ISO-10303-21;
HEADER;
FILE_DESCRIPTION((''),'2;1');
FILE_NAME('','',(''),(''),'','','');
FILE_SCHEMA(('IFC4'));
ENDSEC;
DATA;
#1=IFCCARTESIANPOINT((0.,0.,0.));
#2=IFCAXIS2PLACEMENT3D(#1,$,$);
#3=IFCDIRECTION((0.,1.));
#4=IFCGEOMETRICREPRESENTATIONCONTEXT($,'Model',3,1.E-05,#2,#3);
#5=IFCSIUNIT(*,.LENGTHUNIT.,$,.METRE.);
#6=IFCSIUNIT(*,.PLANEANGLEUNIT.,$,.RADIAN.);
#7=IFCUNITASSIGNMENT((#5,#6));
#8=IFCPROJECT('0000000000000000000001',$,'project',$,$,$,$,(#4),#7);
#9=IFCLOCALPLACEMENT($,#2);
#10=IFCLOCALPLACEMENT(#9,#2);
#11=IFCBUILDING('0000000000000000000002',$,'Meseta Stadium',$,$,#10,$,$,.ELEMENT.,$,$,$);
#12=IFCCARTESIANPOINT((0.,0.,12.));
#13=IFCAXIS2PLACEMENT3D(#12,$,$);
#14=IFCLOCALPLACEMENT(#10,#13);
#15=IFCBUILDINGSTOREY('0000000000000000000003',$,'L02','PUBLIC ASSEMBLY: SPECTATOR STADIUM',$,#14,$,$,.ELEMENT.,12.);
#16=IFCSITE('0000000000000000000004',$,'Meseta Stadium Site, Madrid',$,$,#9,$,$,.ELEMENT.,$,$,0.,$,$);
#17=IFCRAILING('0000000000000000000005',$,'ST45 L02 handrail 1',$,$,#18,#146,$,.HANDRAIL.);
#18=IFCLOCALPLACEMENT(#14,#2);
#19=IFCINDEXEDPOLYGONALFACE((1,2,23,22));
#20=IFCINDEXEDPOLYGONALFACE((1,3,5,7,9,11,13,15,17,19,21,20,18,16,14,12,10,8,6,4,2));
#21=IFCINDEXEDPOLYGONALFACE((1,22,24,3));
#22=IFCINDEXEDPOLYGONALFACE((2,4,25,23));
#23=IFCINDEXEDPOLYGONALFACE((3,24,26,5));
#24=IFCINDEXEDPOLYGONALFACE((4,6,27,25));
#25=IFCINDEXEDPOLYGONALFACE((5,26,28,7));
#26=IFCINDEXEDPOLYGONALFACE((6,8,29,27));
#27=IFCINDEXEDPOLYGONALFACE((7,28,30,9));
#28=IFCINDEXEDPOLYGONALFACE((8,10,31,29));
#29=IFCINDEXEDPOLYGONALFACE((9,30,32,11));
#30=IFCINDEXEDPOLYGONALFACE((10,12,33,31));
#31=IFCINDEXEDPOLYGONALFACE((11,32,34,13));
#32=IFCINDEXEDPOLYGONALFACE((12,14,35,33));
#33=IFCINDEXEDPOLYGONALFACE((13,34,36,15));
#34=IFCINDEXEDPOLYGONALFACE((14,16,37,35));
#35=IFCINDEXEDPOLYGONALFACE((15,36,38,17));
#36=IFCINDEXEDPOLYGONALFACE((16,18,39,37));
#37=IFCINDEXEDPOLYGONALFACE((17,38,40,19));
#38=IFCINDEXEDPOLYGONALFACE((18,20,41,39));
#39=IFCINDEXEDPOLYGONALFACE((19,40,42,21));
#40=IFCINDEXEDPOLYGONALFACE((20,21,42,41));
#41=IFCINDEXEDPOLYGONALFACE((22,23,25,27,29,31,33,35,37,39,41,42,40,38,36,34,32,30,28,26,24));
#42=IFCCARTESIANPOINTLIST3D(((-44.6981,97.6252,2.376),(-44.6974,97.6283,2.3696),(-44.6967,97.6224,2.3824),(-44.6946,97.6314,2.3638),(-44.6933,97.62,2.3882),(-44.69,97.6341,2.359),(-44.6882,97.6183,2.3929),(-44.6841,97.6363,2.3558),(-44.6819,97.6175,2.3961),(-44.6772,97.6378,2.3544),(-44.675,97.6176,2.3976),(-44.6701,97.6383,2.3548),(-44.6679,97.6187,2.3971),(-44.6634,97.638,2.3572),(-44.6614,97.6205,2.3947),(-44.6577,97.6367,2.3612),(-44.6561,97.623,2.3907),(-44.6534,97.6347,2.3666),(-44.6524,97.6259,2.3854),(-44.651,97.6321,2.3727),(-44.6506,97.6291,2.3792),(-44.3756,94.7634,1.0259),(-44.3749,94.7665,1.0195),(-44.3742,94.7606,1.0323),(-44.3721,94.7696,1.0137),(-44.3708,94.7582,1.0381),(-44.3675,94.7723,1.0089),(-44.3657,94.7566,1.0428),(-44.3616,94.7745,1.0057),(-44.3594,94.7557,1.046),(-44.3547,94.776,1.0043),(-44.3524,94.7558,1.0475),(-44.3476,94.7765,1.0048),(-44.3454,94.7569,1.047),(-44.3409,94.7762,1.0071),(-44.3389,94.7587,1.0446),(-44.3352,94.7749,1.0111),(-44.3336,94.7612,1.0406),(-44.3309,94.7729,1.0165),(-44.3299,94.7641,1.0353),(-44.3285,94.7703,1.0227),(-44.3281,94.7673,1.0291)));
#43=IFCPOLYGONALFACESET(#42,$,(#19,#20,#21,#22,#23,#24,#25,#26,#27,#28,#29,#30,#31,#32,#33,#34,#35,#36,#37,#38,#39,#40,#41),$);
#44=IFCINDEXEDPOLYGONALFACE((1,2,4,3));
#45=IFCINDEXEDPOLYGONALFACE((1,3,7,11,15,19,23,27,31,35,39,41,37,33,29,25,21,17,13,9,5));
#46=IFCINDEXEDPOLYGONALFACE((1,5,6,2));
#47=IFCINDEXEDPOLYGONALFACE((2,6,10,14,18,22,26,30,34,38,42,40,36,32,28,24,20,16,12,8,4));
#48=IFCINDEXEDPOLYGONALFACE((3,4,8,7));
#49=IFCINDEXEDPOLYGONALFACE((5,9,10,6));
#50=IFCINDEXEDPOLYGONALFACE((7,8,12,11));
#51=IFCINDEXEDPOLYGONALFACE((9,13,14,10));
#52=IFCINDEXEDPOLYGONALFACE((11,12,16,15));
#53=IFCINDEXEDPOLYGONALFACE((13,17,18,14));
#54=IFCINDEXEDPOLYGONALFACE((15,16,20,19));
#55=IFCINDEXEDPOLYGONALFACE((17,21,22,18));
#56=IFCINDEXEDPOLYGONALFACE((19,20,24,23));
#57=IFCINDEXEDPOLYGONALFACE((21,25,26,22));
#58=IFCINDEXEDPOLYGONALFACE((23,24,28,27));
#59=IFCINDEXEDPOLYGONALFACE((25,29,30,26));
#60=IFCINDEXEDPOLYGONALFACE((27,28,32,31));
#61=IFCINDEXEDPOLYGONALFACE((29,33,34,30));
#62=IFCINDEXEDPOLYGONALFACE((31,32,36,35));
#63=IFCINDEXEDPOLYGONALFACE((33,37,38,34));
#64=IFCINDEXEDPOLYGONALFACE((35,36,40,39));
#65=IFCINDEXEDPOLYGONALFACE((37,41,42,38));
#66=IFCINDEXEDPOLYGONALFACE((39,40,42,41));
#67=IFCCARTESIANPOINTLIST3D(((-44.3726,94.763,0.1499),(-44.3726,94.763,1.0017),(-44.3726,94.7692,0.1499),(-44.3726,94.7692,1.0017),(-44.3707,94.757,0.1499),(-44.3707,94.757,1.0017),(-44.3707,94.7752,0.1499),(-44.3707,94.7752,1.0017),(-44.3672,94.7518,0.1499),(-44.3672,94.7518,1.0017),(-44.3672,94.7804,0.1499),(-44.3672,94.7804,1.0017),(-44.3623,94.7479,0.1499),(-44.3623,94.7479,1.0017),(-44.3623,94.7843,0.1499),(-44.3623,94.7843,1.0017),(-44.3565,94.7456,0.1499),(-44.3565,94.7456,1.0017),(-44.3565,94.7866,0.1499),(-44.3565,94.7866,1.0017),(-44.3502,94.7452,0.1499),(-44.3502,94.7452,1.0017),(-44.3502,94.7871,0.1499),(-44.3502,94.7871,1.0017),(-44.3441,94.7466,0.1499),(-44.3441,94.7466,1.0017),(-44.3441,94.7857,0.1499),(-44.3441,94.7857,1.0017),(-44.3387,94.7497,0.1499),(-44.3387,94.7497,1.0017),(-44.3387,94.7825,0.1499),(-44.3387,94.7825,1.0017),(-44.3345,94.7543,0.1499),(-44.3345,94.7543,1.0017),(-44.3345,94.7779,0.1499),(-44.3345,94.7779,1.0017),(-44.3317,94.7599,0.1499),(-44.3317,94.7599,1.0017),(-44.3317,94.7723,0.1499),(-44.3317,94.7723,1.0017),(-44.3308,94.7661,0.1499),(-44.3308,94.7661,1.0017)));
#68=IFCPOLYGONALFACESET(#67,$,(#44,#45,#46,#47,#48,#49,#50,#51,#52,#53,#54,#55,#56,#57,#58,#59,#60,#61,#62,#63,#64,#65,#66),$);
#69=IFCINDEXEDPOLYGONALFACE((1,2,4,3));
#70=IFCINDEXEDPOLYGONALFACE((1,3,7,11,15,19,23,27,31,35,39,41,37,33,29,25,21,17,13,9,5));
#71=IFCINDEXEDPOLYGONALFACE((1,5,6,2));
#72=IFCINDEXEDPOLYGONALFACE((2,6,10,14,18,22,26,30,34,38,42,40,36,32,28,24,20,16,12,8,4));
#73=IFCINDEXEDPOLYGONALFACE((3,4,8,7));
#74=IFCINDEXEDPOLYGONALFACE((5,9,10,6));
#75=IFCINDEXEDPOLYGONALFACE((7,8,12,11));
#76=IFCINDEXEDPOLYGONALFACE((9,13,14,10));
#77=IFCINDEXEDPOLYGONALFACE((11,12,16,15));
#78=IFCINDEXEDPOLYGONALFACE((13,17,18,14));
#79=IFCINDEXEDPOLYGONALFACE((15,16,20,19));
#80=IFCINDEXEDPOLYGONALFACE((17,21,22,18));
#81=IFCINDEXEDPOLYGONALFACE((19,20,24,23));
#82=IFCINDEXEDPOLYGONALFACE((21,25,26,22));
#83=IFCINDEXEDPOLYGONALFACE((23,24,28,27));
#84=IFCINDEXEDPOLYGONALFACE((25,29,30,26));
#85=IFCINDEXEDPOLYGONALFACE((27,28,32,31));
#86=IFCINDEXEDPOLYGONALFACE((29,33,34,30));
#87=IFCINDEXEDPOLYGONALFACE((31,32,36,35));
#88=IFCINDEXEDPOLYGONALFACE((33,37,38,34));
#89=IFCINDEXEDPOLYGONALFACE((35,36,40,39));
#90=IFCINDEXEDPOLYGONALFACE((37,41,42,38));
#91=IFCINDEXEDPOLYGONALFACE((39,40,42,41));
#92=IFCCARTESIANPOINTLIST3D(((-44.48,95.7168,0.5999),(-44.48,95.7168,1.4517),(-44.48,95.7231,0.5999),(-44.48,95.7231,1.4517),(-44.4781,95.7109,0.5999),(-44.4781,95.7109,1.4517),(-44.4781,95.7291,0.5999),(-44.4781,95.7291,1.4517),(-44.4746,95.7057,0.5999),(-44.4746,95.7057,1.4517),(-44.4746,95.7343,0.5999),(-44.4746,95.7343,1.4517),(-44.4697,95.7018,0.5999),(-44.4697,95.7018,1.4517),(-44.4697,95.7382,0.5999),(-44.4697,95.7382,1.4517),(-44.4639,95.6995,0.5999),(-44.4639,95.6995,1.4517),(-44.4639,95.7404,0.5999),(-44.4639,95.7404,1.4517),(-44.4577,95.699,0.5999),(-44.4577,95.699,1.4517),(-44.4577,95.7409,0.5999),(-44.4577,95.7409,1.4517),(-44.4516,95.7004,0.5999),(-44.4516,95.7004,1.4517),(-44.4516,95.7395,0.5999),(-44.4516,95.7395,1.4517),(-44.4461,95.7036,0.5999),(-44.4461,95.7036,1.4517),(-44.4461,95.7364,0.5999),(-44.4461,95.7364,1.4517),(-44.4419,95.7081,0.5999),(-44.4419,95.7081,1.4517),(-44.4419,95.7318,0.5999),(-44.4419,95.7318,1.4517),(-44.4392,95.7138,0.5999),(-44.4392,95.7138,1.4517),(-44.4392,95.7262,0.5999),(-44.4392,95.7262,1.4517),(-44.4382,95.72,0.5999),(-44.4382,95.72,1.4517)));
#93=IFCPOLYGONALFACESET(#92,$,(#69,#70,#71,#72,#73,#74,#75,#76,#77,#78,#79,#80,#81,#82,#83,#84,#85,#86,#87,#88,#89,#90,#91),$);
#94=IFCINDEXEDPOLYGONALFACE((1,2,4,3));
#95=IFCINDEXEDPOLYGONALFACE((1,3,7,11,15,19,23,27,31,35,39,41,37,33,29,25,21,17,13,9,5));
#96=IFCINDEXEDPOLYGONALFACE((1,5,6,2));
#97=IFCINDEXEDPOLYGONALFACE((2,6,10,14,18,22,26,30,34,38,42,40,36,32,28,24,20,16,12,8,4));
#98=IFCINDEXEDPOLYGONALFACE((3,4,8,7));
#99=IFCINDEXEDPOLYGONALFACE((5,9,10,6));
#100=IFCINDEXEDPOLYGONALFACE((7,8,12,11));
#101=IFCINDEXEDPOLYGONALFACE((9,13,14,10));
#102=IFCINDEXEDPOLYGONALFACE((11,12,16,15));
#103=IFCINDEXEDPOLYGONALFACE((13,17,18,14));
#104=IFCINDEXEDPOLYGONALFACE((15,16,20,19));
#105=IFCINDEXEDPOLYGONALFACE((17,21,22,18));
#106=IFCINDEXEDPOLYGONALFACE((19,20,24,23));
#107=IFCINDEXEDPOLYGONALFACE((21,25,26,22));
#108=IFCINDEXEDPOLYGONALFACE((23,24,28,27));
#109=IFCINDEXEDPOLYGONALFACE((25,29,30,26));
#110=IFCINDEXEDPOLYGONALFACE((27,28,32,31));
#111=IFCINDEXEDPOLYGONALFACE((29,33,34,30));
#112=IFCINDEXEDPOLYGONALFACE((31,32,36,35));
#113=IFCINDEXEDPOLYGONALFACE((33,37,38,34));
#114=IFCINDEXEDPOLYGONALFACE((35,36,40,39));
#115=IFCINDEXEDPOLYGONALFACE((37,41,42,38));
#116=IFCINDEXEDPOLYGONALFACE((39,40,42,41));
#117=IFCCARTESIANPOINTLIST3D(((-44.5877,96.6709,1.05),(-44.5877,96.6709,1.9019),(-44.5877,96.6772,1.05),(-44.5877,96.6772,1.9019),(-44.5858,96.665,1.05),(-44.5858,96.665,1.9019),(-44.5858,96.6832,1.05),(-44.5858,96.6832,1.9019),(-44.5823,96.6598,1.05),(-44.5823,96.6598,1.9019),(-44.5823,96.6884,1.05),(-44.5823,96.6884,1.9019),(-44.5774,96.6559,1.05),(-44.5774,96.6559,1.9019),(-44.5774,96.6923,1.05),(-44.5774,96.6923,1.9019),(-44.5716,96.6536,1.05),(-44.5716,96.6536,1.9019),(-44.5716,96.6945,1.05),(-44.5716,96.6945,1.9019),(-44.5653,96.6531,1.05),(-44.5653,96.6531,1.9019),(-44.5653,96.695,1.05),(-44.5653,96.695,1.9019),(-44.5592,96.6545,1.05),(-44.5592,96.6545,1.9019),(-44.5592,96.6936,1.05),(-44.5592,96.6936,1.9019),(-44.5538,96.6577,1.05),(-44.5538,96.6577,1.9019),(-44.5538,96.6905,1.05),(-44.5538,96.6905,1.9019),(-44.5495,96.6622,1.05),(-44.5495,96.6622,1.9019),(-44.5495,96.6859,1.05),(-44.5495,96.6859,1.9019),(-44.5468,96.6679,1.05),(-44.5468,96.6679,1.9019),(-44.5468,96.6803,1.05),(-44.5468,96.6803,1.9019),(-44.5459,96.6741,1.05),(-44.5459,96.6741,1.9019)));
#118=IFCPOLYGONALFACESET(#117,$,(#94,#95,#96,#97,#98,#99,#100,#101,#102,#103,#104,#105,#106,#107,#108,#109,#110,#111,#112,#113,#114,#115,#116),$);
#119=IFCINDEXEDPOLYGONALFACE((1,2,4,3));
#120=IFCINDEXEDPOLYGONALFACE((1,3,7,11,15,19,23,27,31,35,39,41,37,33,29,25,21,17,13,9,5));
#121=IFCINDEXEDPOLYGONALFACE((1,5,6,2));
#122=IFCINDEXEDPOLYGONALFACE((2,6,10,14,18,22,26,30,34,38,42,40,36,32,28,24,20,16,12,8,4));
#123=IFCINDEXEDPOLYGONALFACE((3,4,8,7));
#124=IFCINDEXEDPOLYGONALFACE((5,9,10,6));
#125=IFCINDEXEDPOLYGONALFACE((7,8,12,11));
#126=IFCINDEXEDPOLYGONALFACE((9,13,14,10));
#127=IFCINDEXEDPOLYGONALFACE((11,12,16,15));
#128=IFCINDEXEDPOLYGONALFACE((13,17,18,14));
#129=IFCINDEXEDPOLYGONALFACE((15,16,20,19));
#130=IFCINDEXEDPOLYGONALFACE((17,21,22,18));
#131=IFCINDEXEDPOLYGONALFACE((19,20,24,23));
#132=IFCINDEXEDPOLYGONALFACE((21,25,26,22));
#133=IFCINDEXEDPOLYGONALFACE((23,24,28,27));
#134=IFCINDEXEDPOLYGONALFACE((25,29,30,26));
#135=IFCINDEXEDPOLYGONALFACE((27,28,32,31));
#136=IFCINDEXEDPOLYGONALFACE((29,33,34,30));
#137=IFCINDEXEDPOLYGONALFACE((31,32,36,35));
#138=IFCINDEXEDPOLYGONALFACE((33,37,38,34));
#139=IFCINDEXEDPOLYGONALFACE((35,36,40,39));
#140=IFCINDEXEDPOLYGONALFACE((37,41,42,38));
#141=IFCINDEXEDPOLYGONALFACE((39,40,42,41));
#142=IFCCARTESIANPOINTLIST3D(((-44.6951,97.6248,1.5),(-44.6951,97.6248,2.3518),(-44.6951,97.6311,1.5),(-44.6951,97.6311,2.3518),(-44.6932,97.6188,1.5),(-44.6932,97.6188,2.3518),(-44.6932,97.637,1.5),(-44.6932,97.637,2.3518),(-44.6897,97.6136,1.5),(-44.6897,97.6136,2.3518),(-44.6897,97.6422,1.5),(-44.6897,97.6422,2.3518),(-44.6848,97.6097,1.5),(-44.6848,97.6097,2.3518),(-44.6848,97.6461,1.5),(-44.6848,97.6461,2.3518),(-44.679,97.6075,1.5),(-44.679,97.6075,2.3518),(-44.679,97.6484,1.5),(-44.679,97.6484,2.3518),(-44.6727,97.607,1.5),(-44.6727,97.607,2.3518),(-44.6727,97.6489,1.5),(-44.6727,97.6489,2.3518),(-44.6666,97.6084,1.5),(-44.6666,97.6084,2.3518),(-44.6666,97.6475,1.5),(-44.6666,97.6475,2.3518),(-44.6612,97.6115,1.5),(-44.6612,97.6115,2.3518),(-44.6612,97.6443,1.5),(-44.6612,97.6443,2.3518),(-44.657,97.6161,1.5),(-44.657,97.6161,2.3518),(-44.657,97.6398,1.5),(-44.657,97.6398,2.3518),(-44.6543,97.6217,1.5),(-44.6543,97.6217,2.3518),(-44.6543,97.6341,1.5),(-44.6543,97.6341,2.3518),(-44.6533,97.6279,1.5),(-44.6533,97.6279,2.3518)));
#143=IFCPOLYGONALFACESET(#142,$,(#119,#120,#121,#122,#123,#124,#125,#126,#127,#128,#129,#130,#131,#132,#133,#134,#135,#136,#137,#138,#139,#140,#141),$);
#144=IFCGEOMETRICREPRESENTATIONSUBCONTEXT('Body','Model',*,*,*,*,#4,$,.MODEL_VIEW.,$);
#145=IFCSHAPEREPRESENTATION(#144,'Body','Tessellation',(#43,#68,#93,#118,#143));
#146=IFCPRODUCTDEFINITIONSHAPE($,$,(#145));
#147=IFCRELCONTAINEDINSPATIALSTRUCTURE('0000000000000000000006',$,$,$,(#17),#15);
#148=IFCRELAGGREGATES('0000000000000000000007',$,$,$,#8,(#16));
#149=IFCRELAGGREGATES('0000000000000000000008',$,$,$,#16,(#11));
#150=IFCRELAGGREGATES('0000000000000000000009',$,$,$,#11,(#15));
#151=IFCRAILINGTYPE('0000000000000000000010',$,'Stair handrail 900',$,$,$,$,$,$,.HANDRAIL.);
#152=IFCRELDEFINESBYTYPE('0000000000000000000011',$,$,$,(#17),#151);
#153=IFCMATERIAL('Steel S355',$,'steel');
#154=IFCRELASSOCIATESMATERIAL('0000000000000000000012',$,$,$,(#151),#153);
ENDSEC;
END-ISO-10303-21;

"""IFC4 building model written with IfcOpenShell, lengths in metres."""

from ifc_helpers import new_model, si_unit, direction, frame, origin, origin_2d, place, context, subcontext, project, spatial, circle, extrude, material, type_object, element, save


model = new_model("IFC4")

# Units and contexts
model_context = context("Model", 3, precision=1e-05, world=origin(), true_north=direction((0.0, 1.0)))
body_context = subcontext(model_context, "Body", "Model", "MODEL_VIEW")
ifc_project = project(units=[si_unit("LENGTHUNIT", "METRE"), si_unit("PLANEANGLEUNIT", "RADIAN")], contexts=[model_context])

# Site, building, storey
site_placement = place(None, origin())
site = spatial("IfcSite", under=ifc_project, at=site_placement, Name="Meseta Stadium Site, Madrid", CompositionType="ELEMENT", RefElevation=0.0)
building_placement = place(site_placement, origin())
building = spatial("IfcBuilding", under=site, at=building_placement, Name="Meseta Stadium", CompositionType="ELEMENT")
storey_placement = place(building_placement, frame((0.0, 0.0, 12.0)))
storey = spatial("IfcBuildingStorey", under=building, at=storey_placement, Name="L02", Description="PUBLIC ASSEMBLY: SPECTATOR STADIUM", CompositionType="ELEMENT", Elevation=12.0)

# Railing
ifc_material_1 = material(Name="Steel S355", Category="steel")
railing_type_1 = type_object("IfcRailingType", Name="Stair handrail 900", PredefinedType="HANDRAIL", material=ifc_material_1)
for number, where, name in (
    (1, (-44.3518, 94.7661, 0.1499), "ST45 L02 handrail 1"),
):
    element("IfcRailing", number, at=place(storey_placement, frame(where)), inside=storey, type_object=railing_type_1, Name=name, PredefinedType="HANDRAIL", context=body_context, shape_type="SweptSolid", body=[
        extrude(circle(Radius=0.0239, at=origin_2d()), frame((0.0, 0.0, 0.876), z_axis=(-0.101396, 0.899748, 0.424467), x_axis=(-0.99371, -0.111985, 0.0)), (0.0, 0.0, 1.0), 3.1807),
        extrude(circle(Radius=0.021, at=origin_2d()), origin(), (0.0, 0.0, 1.0), 0.8518),
        extrude(circle(Radius=0.021, at=origin_2d()), frame((-0.1074, 0.9539, 0.45)), (0.0, 0.0, 1.0), 0.8518),
        extrude(circle(Radius=0.021, at=origin_2d()), frame((-0.2151, 1.908, 0.9001)), (0.0, 0.0, 1.0), 0.8518),
        extrude(circle(Radius=0.021, at=origin_2d()), frame((-0.3225, 2.8618, 1.3501)), (0.0, 0.0, 1.0), 0.8518),
    ])

save(model, "model.ifc")
